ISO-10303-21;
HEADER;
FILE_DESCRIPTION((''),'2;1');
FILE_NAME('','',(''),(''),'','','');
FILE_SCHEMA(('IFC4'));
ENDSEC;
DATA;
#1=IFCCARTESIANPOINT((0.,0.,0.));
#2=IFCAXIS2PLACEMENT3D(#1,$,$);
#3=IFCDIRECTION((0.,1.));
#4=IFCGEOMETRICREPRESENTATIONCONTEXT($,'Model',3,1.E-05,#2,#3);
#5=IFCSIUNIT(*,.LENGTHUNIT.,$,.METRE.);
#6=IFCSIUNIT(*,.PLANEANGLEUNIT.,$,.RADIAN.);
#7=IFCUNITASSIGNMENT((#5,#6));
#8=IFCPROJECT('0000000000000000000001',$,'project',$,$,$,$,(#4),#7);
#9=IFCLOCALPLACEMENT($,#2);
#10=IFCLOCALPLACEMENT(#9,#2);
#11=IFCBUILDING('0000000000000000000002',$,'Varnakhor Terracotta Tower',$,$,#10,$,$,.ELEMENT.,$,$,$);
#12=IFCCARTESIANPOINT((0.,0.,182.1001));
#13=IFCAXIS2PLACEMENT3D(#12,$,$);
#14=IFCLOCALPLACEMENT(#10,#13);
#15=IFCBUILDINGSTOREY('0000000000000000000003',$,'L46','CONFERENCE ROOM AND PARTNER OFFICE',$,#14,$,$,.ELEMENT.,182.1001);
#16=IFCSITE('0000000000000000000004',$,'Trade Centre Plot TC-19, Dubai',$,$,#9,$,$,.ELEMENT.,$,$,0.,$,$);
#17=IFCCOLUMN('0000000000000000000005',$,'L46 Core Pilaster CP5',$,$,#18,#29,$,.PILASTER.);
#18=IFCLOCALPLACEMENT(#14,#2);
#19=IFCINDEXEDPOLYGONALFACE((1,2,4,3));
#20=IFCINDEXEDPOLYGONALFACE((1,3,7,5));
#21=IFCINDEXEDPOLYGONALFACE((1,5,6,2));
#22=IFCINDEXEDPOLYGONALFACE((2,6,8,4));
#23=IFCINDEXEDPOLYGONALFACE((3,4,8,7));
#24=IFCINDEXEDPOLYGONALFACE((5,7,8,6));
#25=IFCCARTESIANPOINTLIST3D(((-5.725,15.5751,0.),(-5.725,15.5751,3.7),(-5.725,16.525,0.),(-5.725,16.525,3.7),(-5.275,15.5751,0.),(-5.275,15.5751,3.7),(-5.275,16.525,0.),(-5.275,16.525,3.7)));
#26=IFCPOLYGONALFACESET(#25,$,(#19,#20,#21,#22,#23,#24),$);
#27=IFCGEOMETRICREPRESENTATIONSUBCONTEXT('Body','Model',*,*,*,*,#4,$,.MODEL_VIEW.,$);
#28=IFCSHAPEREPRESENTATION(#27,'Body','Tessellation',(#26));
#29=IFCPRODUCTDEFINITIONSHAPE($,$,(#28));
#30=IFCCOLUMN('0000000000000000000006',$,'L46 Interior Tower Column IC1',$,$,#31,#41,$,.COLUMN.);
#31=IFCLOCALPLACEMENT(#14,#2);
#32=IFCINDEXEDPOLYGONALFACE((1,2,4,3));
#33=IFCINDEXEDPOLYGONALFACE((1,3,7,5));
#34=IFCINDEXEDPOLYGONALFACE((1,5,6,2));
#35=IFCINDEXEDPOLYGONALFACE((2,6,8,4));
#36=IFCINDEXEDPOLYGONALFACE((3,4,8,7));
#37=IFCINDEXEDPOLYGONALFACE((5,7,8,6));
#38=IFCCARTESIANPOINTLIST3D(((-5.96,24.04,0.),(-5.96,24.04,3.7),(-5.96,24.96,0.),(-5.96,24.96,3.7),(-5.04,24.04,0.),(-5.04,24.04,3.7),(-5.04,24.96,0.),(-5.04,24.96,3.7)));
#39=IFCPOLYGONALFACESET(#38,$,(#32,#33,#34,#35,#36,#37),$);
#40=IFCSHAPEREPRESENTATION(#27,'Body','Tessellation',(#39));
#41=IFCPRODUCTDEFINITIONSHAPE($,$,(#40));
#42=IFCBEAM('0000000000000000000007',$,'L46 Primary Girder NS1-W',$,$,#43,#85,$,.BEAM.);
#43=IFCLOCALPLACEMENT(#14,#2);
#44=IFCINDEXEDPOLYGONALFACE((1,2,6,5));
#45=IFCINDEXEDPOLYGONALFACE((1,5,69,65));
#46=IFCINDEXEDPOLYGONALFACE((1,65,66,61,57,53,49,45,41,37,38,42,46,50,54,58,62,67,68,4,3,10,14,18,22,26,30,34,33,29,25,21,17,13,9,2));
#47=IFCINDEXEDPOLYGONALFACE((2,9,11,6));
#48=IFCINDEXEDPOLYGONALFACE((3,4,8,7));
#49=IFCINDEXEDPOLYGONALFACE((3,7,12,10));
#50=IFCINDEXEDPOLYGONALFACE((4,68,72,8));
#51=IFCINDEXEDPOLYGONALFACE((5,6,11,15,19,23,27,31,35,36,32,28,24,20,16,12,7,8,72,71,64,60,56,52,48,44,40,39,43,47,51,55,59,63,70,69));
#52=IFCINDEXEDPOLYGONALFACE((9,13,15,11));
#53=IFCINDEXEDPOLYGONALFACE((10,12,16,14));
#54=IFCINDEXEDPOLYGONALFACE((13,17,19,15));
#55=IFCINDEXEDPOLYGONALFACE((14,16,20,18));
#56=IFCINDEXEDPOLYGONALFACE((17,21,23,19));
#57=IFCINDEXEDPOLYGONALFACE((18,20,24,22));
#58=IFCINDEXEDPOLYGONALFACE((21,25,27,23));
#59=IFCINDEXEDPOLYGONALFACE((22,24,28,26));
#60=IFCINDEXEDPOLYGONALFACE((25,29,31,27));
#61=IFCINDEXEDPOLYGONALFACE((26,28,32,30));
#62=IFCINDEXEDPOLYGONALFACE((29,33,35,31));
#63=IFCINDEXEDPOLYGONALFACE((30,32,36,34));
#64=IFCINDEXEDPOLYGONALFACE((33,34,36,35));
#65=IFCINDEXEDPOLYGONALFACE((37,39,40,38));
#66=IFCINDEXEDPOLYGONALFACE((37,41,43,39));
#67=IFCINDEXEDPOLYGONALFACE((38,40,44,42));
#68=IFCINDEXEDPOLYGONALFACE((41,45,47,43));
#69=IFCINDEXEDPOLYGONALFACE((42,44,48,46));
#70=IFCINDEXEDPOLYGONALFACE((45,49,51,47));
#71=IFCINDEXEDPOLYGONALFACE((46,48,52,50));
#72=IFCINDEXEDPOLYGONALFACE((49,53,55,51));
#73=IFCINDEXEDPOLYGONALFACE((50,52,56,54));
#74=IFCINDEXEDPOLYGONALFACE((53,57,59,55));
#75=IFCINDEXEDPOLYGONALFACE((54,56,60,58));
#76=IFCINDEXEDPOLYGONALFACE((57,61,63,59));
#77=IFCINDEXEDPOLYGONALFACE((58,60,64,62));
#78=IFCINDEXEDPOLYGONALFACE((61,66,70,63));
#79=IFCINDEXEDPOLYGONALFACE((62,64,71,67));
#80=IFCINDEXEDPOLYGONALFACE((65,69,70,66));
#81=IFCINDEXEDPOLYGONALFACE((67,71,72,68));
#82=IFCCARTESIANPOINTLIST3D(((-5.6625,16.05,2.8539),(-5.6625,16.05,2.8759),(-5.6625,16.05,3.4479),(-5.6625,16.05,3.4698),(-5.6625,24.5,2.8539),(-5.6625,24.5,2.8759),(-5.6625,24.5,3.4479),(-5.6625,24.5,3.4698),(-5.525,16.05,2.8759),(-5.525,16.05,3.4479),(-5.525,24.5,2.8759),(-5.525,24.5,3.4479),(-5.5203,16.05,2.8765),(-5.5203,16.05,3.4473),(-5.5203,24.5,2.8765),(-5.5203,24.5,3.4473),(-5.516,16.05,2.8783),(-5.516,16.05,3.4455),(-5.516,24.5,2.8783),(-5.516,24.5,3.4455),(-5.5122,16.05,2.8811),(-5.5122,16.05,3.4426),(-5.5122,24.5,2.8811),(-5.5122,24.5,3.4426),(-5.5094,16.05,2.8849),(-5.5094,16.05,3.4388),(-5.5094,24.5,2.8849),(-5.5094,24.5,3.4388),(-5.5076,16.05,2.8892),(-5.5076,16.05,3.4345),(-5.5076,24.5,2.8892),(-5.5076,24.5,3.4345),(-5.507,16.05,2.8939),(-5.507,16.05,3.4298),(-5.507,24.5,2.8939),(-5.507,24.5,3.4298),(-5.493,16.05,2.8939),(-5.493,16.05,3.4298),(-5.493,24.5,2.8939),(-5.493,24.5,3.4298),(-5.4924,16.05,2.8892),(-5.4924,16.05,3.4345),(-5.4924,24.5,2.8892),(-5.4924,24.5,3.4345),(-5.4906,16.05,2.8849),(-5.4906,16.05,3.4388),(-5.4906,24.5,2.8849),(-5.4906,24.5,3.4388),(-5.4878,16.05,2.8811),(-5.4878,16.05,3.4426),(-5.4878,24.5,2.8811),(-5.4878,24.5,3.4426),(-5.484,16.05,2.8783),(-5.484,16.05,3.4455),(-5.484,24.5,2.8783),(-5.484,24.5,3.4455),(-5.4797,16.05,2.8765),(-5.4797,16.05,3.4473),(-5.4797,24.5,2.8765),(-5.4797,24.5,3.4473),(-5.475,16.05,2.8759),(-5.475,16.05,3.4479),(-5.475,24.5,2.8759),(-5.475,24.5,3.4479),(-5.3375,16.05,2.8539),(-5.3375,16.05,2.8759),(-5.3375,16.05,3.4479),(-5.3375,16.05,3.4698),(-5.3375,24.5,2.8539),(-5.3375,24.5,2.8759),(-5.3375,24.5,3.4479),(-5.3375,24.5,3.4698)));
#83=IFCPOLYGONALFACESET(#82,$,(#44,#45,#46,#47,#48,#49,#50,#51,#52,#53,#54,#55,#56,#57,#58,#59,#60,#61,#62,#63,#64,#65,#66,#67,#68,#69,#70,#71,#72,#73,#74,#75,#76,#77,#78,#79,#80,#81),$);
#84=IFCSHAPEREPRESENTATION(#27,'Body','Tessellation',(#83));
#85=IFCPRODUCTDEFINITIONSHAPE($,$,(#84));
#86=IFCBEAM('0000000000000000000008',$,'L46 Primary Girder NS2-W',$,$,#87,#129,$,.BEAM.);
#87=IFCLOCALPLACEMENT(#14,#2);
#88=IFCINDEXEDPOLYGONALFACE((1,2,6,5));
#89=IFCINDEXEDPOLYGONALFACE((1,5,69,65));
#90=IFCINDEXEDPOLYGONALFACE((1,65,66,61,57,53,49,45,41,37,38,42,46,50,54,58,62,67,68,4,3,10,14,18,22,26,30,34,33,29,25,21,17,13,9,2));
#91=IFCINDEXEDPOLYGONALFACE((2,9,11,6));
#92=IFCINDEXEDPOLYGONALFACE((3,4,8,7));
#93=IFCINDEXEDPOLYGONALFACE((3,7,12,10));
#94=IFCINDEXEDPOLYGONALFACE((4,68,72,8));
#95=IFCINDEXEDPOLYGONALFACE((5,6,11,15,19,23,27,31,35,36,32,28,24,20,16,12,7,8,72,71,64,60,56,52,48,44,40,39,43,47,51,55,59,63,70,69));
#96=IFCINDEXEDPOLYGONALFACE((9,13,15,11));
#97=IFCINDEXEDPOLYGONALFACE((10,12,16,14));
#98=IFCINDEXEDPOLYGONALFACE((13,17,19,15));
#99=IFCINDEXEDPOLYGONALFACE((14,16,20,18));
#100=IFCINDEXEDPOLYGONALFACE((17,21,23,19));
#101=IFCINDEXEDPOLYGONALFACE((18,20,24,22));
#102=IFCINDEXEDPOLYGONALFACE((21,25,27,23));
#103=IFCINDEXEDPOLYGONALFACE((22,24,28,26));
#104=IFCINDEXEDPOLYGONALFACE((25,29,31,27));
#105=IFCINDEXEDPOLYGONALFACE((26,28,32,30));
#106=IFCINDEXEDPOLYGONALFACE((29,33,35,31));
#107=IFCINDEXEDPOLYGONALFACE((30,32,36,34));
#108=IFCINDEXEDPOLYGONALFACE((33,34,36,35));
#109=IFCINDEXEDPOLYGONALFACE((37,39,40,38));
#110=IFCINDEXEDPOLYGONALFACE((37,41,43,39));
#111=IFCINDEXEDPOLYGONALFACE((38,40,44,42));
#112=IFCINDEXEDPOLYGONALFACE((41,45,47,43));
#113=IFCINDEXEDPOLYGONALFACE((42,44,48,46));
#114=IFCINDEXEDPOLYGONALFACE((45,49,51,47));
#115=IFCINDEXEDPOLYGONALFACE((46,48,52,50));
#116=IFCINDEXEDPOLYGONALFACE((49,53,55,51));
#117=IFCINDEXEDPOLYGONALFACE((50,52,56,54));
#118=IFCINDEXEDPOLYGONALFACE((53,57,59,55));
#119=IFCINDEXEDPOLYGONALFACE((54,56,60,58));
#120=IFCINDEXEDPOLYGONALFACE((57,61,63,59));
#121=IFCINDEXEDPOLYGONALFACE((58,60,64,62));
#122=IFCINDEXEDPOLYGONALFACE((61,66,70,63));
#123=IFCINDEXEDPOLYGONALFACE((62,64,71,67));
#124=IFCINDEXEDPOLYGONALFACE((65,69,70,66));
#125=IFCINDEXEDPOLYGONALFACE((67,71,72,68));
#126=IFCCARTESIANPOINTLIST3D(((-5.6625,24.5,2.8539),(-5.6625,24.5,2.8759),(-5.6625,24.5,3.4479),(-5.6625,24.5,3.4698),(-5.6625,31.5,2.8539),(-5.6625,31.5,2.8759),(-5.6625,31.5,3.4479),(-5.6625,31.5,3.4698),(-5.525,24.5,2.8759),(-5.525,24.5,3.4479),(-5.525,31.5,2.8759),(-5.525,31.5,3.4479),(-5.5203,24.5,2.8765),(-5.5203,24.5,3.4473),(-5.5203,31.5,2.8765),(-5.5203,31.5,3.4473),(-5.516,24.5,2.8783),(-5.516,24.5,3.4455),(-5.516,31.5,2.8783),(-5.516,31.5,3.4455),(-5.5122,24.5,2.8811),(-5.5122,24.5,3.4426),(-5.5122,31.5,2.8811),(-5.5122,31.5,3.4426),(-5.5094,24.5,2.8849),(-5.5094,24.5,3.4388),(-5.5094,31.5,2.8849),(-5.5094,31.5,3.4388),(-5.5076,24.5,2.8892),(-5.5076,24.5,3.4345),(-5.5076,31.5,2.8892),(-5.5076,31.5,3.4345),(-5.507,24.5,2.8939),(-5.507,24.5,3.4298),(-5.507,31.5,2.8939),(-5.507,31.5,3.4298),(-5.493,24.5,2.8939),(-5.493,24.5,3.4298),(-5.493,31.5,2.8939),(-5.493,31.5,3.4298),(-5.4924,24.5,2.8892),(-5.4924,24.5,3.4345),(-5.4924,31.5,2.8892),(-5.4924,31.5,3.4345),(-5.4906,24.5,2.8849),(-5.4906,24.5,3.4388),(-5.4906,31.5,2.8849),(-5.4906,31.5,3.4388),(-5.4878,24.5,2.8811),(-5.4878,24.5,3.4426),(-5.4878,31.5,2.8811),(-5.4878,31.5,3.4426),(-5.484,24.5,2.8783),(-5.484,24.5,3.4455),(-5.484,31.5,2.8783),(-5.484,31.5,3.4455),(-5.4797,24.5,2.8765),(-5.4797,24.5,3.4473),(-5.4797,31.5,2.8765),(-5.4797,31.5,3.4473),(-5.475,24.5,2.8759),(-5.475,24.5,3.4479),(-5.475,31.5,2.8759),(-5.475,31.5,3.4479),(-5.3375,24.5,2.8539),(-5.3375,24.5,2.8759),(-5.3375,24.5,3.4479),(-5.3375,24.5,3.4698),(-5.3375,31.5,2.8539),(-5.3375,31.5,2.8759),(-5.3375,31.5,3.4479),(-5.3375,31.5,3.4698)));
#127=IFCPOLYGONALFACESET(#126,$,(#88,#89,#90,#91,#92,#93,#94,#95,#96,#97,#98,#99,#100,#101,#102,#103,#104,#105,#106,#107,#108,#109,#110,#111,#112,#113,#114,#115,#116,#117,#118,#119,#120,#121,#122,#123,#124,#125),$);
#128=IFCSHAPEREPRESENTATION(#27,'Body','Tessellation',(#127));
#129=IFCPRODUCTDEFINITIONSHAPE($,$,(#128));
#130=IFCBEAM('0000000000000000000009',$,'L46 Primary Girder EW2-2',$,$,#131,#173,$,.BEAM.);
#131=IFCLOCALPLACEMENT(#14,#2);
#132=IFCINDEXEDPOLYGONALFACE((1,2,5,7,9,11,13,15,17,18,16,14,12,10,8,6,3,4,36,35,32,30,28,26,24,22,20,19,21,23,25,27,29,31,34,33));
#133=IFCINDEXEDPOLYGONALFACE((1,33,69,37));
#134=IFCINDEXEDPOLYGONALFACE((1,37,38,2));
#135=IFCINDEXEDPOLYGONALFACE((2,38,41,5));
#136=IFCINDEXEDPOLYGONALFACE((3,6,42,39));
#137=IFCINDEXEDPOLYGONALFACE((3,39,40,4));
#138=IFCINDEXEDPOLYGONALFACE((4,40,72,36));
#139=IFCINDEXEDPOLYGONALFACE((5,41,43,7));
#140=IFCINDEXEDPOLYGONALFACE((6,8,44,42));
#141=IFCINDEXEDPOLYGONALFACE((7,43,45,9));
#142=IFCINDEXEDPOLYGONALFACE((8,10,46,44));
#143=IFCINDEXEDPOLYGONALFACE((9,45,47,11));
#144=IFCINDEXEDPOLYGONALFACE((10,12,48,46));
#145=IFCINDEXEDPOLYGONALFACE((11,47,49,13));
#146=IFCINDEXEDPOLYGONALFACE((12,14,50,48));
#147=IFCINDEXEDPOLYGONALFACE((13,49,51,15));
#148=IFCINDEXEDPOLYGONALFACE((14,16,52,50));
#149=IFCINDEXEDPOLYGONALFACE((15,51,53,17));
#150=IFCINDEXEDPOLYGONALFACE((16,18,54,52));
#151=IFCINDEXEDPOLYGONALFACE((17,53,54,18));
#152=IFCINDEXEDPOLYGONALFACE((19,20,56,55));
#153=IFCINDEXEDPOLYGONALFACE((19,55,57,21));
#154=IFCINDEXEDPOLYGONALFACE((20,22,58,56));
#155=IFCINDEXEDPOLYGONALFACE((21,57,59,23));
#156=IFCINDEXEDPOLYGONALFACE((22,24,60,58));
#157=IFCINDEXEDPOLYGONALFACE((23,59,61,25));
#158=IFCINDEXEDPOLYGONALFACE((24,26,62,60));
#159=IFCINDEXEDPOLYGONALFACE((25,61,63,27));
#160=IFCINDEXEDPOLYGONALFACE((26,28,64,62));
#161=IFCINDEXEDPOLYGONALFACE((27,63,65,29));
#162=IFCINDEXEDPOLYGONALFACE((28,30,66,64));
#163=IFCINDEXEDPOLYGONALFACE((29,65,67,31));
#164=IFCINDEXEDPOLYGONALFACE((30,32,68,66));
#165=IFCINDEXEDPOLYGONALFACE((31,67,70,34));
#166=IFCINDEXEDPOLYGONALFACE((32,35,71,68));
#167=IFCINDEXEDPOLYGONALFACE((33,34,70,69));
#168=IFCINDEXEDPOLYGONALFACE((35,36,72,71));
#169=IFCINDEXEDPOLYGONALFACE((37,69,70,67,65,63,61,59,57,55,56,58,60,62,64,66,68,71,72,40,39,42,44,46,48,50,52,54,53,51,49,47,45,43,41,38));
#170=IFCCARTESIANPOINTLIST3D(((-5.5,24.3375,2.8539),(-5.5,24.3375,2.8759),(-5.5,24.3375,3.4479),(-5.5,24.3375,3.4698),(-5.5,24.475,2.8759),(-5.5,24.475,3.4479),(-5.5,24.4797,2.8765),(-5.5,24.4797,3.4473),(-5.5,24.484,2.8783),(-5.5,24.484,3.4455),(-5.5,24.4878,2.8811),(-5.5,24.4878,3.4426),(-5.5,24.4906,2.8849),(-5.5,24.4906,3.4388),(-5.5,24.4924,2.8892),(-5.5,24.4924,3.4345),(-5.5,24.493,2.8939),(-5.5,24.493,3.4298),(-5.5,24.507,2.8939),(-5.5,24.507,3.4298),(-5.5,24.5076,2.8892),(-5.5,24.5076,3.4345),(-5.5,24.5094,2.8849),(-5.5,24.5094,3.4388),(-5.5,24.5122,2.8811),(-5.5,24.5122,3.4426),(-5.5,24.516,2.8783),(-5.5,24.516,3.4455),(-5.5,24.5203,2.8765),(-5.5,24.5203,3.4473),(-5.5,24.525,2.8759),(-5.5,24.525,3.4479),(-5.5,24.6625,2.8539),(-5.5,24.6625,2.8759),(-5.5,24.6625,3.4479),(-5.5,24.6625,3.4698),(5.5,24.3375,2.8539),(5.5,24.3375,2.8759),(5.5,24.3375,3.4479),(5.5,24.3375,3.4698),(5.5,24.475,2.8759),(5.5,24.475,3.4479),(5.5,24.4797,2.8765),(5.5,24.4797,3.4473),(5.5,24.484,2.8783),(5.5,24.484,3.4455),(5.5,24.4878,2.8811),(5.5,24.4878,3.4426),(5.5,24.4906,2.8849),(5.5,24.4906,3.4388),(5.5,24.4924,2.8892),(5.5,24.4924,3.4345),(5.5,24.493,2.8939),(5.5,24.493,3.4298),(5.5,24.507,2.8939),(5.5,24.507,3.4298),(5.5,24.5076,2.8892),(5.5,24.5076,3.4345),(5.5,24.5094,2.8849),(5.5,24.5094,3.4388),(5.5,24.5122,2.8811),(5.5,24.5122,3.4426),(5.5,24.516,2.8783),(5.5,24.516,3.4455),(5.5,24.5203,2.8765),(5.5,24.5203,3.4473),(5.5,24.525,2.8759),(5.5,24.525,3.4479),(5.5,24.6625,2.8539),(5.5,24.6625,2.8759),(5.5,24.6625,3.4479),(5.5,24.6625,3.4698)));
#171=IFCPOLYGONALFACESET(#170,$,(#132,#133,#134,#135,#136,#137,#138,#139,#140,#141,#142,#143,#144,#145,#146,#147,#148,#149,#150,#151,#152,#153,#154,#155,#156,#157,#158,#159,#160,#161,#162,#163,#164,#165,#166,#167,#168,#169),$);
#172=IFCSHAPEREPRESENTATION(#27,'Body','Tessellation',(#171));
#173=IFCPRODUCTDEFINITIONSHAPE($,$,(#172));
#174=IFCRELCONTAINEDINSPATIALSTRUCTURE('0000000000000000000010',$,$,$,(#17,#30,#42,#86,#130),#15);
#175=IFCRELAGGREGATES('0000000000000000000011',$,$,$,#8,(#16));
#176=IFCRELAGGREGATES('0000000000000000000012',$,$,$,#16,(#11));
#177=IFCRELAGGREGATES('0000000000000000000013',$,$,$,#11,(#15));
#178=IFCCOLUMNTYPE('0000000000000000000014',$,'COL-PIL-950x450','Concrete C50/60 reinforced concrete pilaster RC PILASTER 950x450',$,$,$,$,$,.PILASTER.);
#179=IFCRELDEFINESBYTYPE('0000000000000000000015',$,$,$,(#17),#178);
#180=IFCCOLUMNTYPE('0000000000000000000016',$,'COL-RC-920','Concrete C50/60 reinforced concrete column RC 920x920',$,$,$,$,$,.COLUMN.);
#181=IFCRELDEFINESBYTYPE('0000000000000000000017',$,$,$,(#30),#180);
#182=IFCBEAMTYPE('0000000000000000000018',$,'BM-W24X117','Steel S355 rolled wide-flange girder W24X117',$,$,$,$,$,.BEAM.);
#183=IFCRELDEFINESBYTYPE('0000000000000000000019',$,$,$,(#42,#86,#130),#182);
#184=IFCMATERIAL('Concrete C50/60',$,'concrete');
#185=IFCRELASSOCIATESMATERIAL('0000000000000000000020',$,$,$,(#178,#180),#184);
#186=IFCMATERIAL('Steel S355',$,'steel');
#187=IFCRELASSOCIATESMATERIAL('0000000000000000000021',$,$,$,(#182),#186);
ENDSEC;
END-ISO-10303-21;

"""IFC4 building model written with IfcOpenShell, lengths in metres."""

from ifc_helpers import new_model, si_unit, direction, frame, origin, origin_2d, place, context, subcontext, project, spatial, rectangle, i_section, extrude, source, transform, mapped, material, material_profile, profile_set, type_object, type_shapes, element, save


model = new_model("IFC4")

# Units and contexts
model_context = context("Model", 3, precision=1e-05, world=origin(), true_north=direction((0.0, 1.0)))
body_context = subcontext(model_context, "Body", "Model", "MODEL_VIEW")
ifc_project = project(units=[si_unit("LENGTHUNIT", "METRE"), si_unit("PLANEANGLEUNIT", "RADIAN")], contexts=[model_context])

# Site, building, storey
site_placement = place(None, origin())
site = spatial("IfcSite", under=ifc_project, at=site_placement, Name="Trade Centre Plot TC-19, Dubai", CompositionType="ELEMENT", RefElevation=0.0)
building_placement = place(site_placement, origin())
building = spatial("IfcBuilding", under=site, at=building_placement, Name="Varnakhor Terracotta Tower", CompositionType="ELEMENT")
storey_placement = place(building_placement, frame((0.0, 0.0, 182.1001)))
storey = spatial("IfcBuildingStorey", under=building, at=storey_placement, Name="L46", Description="CONFERENCE ROOM AND PARTNER OFFICE", CompositionType="ELEMENT", Elevation=182.1001)

# Columns
ifc_material_1 = material(Name="Concrete C50/60", Category="concrete")
ifc_material_profile_1 = material_profile(ifc_material_1, rectangle(XDim=0.45, YDim=0.95, at=origin_2d()), Name="RC PILASTER 950x450")
ifc_profile_set_1 = profile_set([ifc_material_profile_1], Name="Concrete C50/60")
column_type_1 = type_object("IfcColumnType", Name="COL-PIL-950x450", Description="Concrete C50/60 reinforced concrete pilaster RC PILASTER 950x450", PredefinedType="PILASTER", material=ifc_profile_set_1)
shared_shape_1 = source(origin(), body_context, "Body", "SweptSolid", [
    extrude(rectangle(XDim=0.45, YDim=0.95, at=origin_2d()), origin(), (0.0, 0.0, 1.0), 3.7),
])
column_1_placement = place(storey_placement, frame((-5.5, 16.05, 0.0), z_axis=(0.0, 0.0, 1.0), x_axis=(1.0, 0.0, 0.0)))
element("IfcColumn", 1, at=column_1_placement, inside=storey, type_object=column_type_1, Name="L46 Core Pilaster CP5", PredefinedType="PILASTER", context=body_context, shape_type="MappedRepresentation", body=[
    mapped(shared_shape_1, transform((0.0, 0.0, 0.0), scale=1.0)),
])
ifc_material_profile_2 = material_profile(ifc_material_1, rectangle(XDim=0.9199, YDim=0.9199, at=origin_2d()), Name="RC 920x920")
ifc_profile_set_2 = profile_set([ifc_material_profile_2], Name="Concrete C50/60")
column_type_2 = type_object("IfcColumnType", Name="COL-RC-920", Description="Concrete C50/60 reinforced concrete column RC 920x920", PredefinedType="COLUMN", material=ifc_profile_set_2)
shared_shape_2 = source(origin(), body_context, "Body", "SweptSolid", [
    extrude(rectangle(XDim=0.9199, YDim=0.9199, at=origin_2d()), origin(), (0.0, 0.0, 1.0), 3.7),
])
column_2_placement = place(storey_placement, frame((-5.5, 24.5, 0.0), z_axis=(0.0, 0.0, 1.0), x_axis=(1.0, 0.0, 0.0)))
element("IfcColumn", 2, at=column_2_placement, inside=storey, type_object=column_type_2, Name="L46 Interior Tower Column IC1", PredefinedType="COLUMN", context=body_context, shape_type="MappedRepresentation", body=[
    mapped(shared_shape_2, transform((0.0, 0.0, 0.0), scale=1.0)),
])

# Beams
ifc_material_2 = material(Name="Steel S355", Category="steel")
ifc_material_profile_3 = material_profile(ifc_material_2, i_section(OverallWidth=0.325, OverallDepth=0.616, WebThickness=0.0139, FlangeThickness=0.022, FilletRadius=0.0181, at=origin_2d()), Name="W24X117")
ifc_profile_set_3 = profile_set([ifc_material_profile_3], Name="Steel S355")
beam_type_1 = type_object("IfcBeamType", Name="BM-W24X117", Description="Steel S355 rolled wide-flange girder W24X117", PredefinedType="BEAM", material=ifc_profile_set_3)
shared_shape_3 = source(origin(), body_context, "Body", "SweptSolid", [
    extrude(i_section(OverallWidth=0.325, OverallDepth=0.616, WebThickness=0.0139, FlangeThickness=0.022, FilletRadius=0.0181, at=origin_2d()), origin(), (0.0, 0.0, 1.0), 8.45),
])
type_shapes(beam_type_1, [shared_shape_3])
beam_1_placement = place(storey_placement, frame((-5.5, 16.05, 3.1619), z_axis=(0.0, 1.0, 0.0), x_axis=(-1.0, 0.0, 0.0)))
element("IfcBeam", 3, at=beam_1_placement, inside=storey, type_object=beam_type_1, Name="L46 Primary Girder NS1-W", PredefinedType="BEAM", context=body_context, shape_type="MappedRepresentation", body=[
    mapped(shared_shape_3, transform((0.0, 0.0, 0.0), scale=1.0)),
])
shared_shape_4 = source(origin(), body_context, "Body", "SweptSolid", [
    extrude(i_section(OverallWidth=0.325, OverallDepth=0.616, WebThickness=0.0139, FlangeThickness=0.022, FilletRadius=0.0181, at=origin_2d()), origin(), (0.0, 0.0, 1.0), 7.0),
])
beam_2_placement = place(storey_placement, frame((-5.5, 24.5, 3.1619), z_axis=(0.0, 1.0, 0.0), x_axis=(-1.0, 0.0, 0.0)))
element("IfcBeam", 4, at=beam_2_placement, inside=storey, type_object=beam_type_1, Name="L46 Primary Girder NS2-W", PredefinedType="BEAM", context=body_context, shape_type="MappedRepresentation", body=[
    mapped(shared_shape_4, transform((0.0, 0.0, 0.0), scale=1.0)),
])
shared_shape_5 = source(origin(), body_context, "Body", "SweptSolid", [
    extrude(i_section(OverallWidth=0.325, OverallDepth=0.616, WebThickness=0.0139, FlangeThickness=0.022, FilletRadius=0.0181, at=origin_2d()), origin(), (0.0, 0.0, 1.0), 11.0),
])
beam_3_placement = place(storey_placement, frame((-5.5, 24.5, 3.1619), z_axis=(1.0, 0.0, 0.0), x_axis=(0.0, 1.0, 0.0)))
element("IfcBeam", 5, at=beam_3_placement, inside=storey, type_object=beam_type_1, Name="L46 Primary Girder EW2-2", PredefinedType="BEAM", context=body_context, shape_type="MappedRepresentation", body=[
    mapped(shared_shape_5, transform((0.0, 0.0, 0.0), scale=1.0)),
])

save(model, "model.ifc")
